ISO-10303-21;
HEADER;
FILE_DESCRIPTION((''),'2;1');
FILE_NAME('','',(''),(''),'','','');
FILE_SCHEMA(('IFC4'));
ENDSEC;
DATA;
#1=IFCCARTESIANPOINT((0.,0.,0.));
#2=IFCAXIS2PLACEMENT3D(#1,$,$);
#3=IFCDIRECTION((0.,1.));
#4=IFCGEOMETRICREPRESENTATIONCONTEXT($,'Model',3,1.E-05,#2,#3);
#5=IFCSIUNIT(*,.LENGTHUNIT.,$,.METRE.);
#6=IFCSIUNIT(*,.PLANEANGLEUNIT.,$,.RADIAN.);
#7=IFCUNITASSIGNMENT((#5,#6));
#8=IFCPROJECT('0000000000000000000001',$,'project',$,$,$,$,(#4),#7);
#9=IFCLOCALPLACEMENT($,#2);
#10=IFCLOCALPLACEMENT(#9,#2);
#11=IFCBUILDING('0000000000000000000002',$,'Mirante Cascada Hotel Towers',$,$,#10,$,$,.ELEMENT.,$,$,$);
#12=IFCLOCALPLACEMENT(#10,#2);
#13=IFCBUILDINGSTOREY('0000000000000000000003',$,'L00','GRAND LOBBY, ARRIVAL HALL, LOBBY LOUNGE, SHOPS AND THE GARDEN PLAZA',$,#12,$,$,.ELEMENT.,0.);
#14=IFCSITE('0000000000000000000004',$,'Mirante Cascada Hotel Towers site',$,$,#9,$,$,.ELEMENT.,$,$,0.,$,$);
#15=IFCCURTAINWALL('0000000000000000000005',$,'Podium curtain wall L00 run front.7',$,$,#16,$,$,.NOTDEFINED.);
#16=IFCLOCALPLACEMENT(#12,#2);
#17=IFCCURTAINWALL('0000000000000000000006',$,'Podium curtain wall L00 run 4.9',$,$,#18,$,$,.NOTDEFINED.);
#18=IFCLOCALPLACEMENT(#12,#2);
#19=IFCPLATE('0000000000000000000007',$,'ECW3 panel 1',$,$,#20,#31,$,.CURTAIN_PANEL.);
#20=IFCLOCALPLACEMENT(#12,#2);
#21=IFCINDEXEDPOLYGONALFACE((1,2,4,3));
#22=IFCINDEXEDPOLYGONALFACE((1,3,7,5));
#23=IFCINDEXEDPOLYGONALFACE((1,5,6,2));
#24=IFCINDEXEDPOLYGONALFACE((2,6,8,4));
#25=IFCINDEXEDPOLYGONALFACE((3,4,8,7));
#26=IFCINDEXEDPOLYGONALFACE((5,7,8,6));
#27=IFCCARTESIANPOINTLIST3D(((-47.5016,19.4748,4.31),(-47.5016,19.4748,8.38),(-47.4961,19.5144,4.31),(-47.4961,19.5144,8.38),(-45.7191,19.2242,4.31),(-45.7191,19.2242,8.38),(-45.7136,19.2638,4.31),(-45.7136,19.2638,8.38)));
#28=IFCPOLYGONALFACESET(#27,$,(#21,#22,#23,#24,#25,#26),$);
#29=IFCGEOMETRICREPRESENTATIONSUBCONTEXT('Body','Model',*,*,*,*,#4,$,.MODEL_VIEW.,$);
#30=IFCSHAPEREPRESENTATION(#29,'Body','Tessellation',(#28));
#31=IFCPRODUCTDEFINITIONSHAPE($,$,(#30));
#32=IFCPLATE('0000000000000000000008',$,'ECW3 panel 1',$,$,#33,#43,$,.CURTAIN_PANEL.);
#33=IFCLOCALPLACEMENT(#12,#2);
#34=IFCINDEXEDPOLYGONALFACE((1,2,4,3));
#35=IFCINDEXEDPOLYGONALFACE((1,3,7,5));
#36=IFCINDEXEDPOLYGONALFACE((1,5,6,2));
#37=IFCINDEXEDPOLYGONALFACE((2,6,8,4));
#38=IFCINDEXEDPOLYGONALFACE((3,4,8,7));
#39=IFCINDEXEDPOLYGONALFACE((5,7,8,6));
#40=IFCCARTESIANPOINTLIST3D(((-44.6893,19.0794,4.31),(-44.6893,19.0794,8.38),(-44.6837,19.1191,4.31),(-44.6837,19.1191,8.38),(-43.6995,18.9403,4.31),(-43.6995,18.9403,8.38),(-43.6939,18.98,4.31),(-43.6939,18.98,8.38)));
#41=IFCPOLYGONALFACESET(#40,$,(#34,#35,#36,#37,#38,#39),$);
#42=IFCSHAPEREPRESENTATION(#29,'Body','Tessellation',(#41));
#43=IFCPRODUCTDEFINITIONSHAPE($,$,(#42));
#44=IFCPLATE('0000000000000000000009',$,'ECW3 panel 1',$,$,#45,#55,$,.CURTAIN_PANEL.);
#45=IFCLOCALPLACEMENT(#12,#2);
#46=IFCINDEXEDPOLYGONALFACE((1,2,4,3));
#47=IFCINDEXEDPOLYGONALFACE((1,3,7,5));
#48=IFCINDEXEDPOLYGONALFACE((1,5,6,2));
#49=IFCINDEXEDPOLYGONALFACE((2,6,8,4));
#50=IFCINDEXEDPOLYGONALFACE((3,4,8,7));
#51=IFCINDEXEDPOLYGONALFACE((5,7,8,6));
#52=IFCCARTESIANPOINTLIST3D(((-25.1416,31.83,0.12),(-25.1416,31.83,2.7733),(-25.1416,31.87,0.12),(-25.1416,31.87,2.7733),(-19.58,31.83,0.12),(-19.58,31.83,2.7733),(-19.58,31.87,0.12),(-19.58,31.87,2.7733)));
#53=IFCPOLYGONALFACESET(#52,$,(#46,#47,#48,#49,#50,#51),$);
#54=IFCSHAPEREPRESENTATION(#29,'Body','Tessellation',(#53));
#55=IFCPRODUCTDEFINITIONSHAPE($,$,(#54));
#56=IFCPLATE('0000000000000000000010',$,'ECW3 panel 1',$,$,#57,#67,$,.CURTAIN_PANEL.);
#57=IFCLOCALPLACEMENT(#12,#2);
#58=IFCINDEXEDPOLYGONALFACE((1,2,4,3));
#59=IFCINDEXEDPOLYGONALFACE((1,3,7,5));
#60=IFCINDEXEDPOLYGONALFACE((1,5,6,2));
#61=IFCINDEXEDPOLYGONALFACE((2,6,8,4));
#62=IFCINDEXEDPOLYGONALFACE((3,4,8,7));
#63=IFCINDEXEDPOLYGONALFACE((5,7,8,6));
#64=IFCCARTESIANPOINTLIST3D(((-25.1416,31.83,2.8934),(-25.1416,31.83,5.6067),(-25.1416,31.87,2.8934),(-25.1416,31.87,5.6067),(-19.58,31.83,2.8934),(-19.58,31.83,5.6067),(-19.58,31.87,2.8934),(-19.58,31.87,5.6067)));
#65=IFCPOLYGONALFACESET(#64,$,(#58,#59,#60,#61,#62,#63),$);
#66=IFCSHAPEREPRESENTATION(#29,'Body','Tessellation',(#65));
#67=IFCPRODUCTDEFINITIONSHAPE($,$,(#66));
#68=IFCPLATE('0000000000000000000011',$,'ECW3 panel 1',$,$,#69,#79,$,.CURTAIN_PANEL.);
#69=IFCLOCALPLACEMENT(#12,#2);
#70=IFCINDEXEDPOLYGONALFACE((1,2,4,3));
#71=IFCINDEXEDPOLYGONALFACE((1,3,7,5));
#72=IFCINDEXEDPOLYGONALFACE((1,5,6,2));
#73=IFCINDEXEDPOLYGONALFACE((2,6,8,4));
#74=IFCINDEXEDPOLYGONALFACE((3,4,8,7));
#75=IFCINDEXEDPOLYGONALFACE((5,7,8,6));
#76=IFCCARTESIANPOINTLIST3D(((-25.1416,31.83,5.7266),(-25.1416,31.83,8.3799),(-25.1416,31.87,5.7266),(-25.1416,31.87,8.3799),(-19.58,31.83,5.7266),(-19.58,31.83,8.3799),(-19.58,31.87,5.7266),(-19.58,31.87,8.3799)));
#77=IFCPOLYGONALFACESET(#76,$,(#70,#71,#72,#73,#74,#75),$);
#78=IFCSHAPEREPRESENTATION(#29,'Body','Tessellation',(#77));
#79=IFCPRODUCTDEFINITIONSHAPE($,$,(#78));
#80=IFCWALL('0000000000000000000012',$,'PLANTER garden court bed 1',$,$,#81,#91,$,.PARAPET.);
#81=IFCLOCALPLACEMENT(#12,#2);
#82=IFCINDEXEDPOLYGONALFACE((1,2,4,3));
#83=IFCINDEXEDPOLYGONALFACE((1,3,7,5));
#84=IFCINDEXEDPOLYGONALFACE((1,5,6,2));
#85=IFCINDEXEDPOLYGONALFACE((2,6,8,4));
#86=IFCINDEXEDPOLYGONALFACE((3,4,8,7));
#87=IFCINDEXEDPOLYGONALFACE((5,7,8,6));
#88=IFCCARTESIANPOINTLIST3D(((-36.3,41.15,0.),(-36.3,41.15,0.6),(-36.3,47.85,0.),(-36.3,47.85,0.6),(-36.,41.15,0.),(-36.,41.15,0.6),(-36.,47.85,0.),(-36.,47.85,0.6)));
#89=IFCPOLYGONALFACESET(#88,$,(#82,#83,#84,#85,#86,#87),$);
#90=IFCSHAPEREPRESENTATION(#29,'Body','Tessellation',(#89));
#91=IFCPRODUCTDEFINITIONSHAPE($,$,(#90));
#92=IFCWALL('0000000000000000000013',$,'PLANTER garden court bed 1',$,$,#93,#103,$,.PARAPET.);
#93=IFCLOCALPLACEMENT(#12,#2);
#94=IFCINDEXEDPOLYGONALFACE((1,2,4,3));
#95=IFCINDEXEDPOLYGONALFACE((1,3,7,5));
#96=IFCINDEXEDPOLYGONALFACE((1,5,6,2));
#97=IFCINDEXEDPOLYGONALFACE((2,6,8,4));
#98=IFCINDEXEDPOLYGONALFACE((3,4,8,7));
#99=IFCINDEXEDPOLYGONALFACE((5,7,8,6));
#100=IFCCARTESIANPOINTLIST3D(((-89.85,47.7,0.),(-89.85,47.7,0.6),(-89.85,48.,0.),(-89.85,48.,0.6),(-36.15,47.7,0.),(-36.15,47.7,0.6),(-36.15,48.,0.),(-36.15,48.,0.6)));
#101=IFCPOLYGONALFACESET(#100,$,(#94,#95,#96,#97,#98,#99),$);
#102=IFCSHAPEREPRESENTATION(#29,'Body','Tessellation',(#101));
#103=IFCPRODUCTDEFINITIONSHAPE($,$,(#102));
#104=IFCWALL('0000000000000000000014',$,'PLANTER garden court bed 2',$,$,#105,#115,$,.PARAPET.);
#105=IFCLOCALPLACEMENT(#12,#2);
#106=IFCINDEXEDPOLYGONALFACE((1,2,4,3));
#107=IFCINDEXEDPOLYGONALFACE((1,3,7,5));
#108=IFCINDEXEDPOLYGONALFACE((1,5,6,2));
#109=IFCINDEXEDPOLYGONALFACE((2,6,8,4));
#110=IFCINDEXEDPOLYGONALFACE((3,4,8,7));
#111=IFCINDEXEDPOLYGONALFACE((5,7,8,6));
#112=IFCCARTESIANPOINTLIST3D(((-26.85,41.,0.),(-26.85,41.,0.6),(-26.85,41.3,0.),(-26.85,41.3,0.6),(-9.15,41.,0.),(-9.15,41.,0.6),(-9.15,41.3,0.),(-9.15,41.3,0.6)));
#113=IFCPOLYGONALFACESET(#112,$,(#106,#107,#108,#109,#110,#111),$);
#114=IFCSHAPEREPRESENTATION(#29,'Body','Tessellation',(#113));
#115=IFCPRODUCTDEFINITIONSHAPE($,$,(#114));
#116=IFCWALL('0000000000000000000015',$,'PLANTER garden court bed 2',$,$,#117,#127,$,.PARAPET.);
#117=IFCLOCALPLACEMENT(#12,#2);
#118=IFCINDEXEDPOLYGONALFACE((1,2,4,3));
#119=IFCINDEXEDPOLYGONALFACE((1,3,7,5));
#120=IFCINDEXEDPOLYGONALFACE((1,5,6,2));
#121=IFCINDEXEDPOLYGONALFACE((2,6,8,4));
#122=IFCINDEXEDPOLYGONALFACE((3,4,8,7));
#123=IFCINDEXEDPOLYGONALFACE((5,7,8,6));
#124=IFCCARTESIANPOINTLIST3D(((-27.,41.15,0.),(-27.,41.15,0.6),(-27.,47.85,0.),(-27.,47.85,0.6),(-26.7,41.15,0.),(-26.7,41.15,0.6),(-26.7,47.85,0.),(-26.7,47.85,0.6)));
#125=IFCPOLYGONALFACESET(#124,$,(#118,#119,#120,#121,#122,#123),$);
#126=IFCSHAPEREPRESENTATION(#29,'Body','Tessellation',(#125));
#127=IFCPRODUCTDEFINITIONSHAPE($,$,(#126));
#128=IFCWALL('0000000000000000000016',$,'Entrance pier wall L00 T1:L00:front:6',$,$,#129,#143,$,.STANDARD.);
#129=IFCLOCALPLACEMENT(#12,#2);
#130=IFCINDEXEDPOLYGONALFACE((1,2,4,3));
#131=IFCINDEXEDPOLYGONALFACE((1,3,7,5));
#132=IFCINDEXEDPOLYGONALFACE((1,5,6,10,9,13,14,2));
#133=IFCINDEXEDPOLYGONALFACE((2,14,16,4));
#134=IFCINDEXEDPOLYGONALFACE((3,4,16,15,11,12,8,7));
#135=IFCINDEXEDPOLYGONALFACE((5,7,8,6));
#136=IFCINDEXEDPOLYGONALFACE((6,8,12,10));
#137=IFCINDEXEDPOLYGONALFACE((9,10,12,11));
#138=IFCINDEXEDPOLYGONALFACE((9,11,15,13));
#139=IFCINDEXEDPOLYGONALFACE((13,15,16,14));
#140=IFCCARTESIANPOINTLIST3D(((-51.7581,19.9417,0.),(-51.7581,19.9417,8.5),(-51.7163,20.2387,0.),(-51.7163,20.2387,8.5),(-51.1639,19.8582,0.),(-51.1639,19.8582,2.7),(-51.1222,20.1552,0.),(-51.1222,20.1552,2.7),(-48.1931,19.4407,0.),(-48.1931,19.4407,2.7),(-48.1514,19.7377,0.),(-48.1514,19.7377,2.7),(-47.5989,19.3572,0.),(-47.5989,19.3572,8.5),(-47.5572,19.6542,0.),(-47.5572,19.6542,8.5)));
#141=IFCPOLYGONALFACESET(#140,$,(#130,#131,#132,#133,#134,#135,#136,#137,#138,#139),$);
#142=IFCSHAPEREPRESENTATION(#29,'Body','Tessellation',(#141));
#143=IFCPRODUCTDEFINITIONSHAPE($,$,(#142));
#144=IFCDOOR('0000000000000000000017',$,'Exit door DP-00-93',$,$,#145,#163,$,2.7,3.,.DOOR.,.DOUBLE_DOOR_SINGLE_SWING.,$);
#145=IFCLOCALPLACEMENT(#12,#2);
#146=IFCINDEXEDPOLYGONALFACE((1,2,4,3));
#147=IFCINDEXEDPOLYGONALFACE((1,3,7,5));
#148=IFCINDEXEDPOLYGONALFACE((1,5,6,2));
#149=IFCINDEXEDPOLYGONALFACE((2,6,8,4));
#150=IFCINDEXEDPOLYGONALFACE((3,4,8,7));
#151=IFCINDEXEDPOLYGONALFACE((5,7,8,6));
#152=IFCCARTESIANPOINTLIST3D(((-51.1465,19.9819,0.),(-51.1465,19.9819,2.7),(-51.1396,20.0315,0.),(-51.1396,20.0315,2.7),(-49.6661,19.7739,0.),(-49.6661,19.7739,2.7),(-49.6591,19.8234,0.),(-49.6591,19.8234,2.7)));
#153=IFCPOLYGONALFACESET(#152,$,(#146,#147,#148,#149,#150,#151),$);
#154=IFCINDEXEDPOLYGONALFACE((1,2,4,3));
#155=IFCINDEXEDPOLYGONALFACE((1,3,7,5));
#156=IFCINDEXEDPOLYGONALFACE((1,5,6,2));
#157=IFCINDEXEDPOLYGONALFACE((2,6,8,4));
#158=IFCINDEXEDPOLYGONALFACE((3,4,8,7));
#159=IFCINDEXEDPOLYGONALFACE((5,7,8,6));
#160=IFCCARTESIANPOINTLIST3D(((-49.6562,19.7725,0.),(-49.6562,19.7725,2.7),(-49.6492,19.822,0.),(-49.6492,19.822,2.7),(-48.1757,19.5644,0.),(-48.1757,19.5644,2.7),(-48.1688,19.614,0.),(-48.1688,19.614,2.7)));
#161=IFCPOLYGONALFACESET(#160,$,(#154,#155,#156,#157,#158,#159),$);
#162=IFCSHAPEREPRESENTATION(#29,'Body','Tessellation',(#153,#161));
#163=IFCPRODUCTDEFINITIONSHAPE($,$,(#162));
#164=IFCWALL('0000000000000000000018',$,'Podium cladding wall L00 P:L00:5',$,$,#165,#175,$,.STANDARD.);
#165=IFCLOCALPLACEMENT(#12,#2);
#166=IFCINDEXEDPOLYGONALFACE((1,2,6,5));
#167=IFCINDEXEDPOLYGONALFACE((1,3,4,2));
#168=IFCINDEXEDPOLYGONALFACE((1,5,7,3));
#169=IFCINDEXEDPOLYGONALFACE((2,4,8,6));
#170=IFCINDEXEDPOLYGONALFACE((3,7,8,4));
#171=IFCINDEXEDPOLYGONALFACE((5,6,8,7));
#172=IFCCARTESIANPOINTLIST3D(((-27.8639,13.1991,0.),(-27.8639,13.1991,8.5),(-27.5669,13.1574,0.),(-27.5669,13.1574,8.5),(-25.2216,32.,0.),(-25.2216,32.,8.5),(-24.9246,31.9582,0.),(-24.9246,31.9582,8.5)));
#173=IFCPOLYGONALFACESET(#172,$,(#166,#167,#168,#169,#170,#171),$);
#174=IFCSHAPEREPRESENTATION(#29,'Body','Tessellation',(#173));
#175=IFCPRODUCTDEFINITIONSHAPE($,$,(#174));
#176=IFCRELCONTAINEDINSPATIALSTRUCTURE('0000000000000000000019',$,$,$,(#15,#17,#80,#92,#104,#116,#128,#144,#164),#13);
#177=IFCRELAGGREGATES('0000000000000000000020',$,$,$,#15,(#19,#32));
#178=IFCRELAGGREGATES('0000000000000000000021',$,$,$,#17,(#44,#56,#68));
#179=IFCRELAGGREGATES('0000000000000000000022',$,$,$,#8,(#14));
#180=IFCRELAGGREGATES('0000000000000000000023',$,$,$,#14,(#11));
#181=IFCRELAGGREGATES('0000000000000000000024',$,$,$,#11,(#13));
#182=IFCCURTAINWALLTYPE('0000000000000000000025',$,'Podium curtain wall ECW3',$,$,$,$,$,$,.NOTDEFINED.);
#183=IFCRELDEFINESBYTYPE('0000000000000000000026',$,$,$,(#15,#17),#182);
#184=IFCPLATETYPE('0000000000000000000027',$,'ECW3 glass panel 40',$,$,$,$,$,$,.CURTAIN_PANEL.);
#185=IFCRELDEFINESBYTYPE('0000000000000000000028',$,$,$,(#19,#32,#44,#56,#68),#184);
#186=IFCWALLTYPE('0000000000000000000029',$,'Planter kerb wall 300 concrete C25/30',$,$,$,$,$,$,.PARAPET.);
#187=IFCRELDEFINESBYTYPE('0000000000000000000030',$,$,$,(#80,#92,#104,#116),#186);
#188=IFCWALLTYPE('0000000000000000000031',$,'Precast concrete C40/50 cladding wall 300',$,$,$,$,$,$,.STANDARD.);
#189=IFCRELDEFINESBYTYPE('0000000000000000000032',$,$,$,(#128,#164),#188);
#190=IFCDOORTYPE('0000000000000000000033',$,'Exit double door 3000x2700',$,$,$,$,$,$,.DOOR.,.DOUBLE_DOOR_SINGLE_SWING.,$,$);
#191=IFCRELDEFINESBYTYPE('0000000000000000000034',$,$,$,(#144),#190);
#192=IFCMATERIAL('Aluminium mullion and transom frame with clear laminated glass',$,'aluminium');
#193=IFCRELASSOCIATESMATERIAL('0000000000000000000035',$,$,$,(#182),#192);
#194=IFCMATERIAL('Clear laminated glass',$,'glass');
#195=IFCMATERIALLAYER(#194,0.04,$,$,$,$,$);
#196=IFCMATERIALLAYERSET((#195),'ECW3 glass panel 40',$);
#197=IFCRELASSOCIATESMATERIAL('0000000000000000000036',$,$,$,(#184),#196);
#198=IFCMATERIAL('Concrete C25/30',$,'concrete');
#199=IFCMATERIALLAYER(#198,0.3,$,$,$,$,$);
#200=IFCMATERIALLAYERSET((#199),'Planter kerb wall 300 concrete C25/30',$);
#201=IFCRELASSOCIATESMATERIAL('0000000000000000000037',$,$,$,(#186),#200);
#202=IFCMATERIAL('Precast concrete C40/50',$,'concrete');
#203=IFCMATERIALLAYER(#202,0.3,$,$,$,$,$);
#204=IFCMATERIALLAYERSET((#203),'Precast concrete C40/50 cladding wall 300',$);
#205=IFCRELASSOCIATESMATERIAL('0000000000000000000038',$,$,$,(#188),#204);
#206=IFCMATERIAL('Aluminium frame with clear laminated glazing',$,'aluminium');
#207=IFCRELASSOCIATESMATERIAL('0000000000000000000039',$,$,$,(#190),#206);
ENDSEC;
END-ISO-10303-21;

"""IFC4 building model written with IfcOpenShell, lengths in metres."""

from ifc_helpers import new_model, si_unit, direction, frame, frame_2d, origin, origin_2d, place, context, subcontext, project, spatial, rectangle, extrude, material, layer, layer_set, type_object, element, fill, aggregate, save


model = new_model("IFC4")

# Units and contexts
model_context = context("Model", 3, precision=1e-05, world=origin(), true_north=direction((0.0, 1.0)))
body_context = subcontext(model_context, "Body", "Model", "MODEL_VIEW")
ifc_project = project(units=[si_unit("LENGTHUNIT", "METRE"), si_unit("PLANEANGLEUNIT", "RADIAN")], contexts=[model_context])

# Site, building, storey
site_placement = place(None, origin())
site = spatial("IfcSite", under=ifc_project, at=site_placement, Name="Mirante Cascada Hotel Towers site", CompositionType="ELEMENT", RefElevation=0.0)
building_placement = place(site_placement, origin())
building = spatial("IfcBuilding", under=site, at=building_placement, Name="Mirante Cascada Hotel Towers", CompositionType="ELEMENT")
storey_placement = place(building_placement, origin())
storey = spatial("IfcBuildingStorey", under=building, at=storey_placement, Name="L00", Description="GRAND LOBBY, ARRIVAL HALL, LOBBY LOUNGE, SHOPS AND THE GARDEN PLAZA", CompositionType="ELEMENT", Elevation=0.0)

# Curtain walls
ifc_material_1 = material(Name="Aluminium mullion and transom frame with clear laminated glass", Category="aluminium")
curtain_wall_type = type_object("IfcCurtainWallType", Name="Podium curtain wall ECW3", PredefinedType="NOTDEFINED", material=ifc_material_1)
curtain_wall_1_placement = place(storey_placement, origin())
curtain_wall_1 = element("IfcCurtainWall", 1, at=curtain_wall_1_placement, inside=storey, type_object=curtain_wall_type, Name="Podium curtain wall L00 run front.7", PredefinedType="NOTDEFINED")
curtain_wall_2_placement = place(storey_placement, origin())
curtain_wall_2 = element("IfcCurtainWall", 2, at=curtain_wall_2_placement, inside=storey, type_object=curtain_wall_type, Name="Podium curtain wall L00 run 4.9", PredefinedType="NOTDEFINED")

# Plates
ifc_material_2 = material(Name="Clear laminated glass", Category="glass")
ifc_layer_1 = layer(ifc_material_2, 0.04)
ifc_layer_set_1 = layer_set([ifc_layer_1], Name="ECW3 glass panel 40")
plate_type = type_object("IfcPlateType", Name="ECW3 glass panel 40", PredefinedType="CURTAIN_PANEL", material=ifc_layer_set_1)
plate_1_placement = place(storey_placement, frame((-46.6076, 19.3693, 4.31), z_axis=(0.0, 0.0, 1.0), x_axis=(0.990268, -0.139173, 0.0)))
plate_1 = element("IfcPlate", 3, at=plate_1_placement, type_object=plate_type, Name="ECW3 panel 1", PredefinedType="CURTAIN_PANEL", context=body_context, shape_type="SweptSolid", body=[
    extrude(rectangle(XDim=1.8, YDim=0.04, at=origin_2d()), origin(), (0.0, 0.0, 1.0), 4.07),
])
plate_2_placement = place(storey_placement, frame((-44.1916, 19.0297, 4.31), z_axis=(0.0, 0.0, 1.0), x_axis=(0.990268, -0.139173, 0.0)))
plate_2 = element("IfcPlate", 4, at=plate_2_placement, type_object=plate_type, Name="ECW3 panel 1", PredefinedType="CURTAIN_PANEL", context=body_context, shape_type="SweptSolid", body=[
    extrude(rectangle(XDim=0.9995, YDim=0.04, at=origin_2d()), origin(), (0.0, 0.0, 1.0), 4.07),
])
aggregate(curtain_wall_1, [plate_1, plate_2])
plate_3_placement = place(storey_placement, frame((-22.3608, 31.85, 0.12), z_axis=(0.0, 0.0, 1.0), x_axis=(-1.0, 0.0, 0.0)))
plate_3 = element("IfcPlate", 5, at=plate_3_placement, type_object=plate_type, Name="ECW3 panel 1", PredefinedType="CURTAIN_PANEL", context=body_context, shape_type="SweptSolid", body=[
    extrude(rectangle(XDim=5.5616, YDim=0.04, at=origin_2d()), origin(), (0.0, 0.0, 1.0), 2.6533),
])
plate_4_placement = place(storey_placement, frame((-22.3608, 31.85, 2.8934), z_axis=(0.0, 0.0, 1.0), x_axis=(-1.0, 0.0, 0.0)))
plate_4 = element("IfcPlate", 6, at=plate_4_placement, type_object=plate_type, Name="ECW3 panel 1", PredefinedType="CURTAIN_PANEL", context=body_context, shape_type="SweptSolid", body=[
    extrude(rectangle(XDim=5.5616, YDim=0.04, at=origin_2d()), origin(), (0.0, 0.0, 1.0), 2.7133),
])
plate_5_placement = place(storey_placement, frame((-22.3608, 31.85, 5.7266), z_axis=(0.0, 0.0, 1.0), x_axis=(-1.0, 0.0, 0.0)))
plate_5 = element("IfcPlate", 7, at=plate_5_placement, type_object=plate_type, Name="ECW3 panel 1", PredefinedType="CURTAIN_PANEL", context=body_context, shape_type="SweptSolid", body=[
    extrude(rectangle(XDim=5.5616, YDim=0.04, at=origin_2d()), origin(), (0.0, 0.0, 1.0), 2.6533),
])
aggregate(curtain_wall_2, [plate_3, plate_4, plate_5])

# Walls
ifc_material_3 = material(Name="Concrete C25/30", Category="concrete")
ifc_layer_2 = layer(ifc_material_3, 0.3)
ifc_layer_set_2 = layer_set([ifc_layer_2], Name="Planter kerb wall 300 concrete C25/30")
wall_type_1 = type_object("IfcWallType", Name="Planter kerb wall 300 concrete C25/30", PredefinedType="PARAPET", material=ifc_layer_set_2)
wall_1_placement = place(storey_placement, frame((-36.15, 41.15, 0.0), z_axis=(0.0, 0.0, 1.0), x_axis=(0.0, 1.0, 0.0)))
element("IfcWall", 8, at=wall_1_placement, inside=storey, type_object=wall_type_1, Name="PLANTER garden court bed 1", PredefinedType="PARAPET", context=body_context, shape_type="SweptSolid", body=[
    extrude(rectangle(XDim=6.7, YDim=0.3, at=frame_2d((3.35, 0.0))), origin(), (0.0, 0.0, 1.0), 0.6),
])
wall_2_placement = place(storey_placement, frame((-36.15, 47.85, 0.0), z_axis=(0.0, 0.0, 1.0), x_axis=(-1.0, 0.0, 0.0)))
element("IfcWall", 9, at=wall_2_placement, inside=storey, type_object=wall_type_1, Name="PLANTER garden court bed 1", PredefinedType="PARAPET", context=body_context, shape_type="SweptSolid", body=[
    extrude(rectangle(XDim=53.7, YDim=0.3, at=frame_2d((26.85, 0.0))), origin(), (0.0, 0.0, 1.0), 0.6),
])
wall_3_placement = place(storey_placement, frame((-26.85, 41.15, 0.0), z_axis=(0.0, 0.0, 1.0), x_axis=(1.0, 0.0, 0.0)))
element("IfcWall", 10, at=wall_3_placement, inside=storey, type_object=wall_type_1, Name="PLANTER garden court bed 2", PredefinedType="PARAPET", context=body_context, shape_type="SweptSolid", body=[
    extrude(rectangle(XDim=17.7, YDim=0.3, at=frame_2d((8.85, 0.0))), origin(), (0.0, 0.0, 1.0), 0.6),
])
wall_4_placement = place(storey_placement, frame((-26.85, 47.85, 0.0), z_axis=(0.0, 0.0, 1.0), x_axis=(0.0, -1.0, 0.0)))
element("IfcWall", 11, at=wall_4_placement, inside=storey, type_object=wall_type_1, Name="PLANTER garden court bed 2", PredefinedType="PARAPET", context=body_context, shape_type="SweptSolid", body=[
    extrude(rectangle(XDim=6.7, YDim=0.3, at=frame_2d((3.35, 0.0))), origin(), (0.0, 0.0, 1.0), 0.6),
])

# Wall, opening, door
ifc_material_4 = material(Name="Precast concrete C40/50", Category="concrete")
ifc_layer_3 = layer(ifc_material_4, 0.3)
ifc_layer_set_3 = layer_set([ifc_layer_3], Name="Precast concrete C40/50 cladding wall 300")
wall_type_2 = type_object("IfcWallType", Name="Precast concrete C40/50 cladding wall 300", PredefinedType="STANDARD", material=ifc_layer_set_3)
wall_5_placement = place(storey_placement, frame((-51.7372, 20.0902, 0.0), z_axis=(0.0, 0.0, 1.0), x_axis=(0.990269, -0.139168, 0.0)))
wall_5 = element("IfcWall", 12, at=wall_5_placement, inside=storey, type_object=wall_type_2, Name="Entrance pier wall L00 T1:L00:front:6", PredefinedType="STANDARD", context=body_context, shape_type="SweptSolid", body=[
    extrude(rectangle(XDim=4.2, YDim=0.3, at=frame_2d((2.1, 0.0))), origin(), (0.0, 0.0, 1.0), 8.5),
])
opening_1_placement = place(wall_5_placement, frame((0.6, 0.0, 0.0)))
opening_1 = element("IfcOpeningElement", 13, at=opening_1_placement, cuts=wall_5, PredefinedType="OPENING", context=body_context, shape_type="SweptSolid", body=[
    extrude(rectangle(XDim=3.0, YDim=2.7, at=frame_2d((1.5, 1.35))), frame((0.0, 0.15, 0.0), z_axis=(0.0, -1.0, 0.0), x_axis=(1.0, 0.0, 0.0)), (0.0, 0.0, 1.0), 0.3),
])
ifc_material_5 = material(Name="Aluminium frame with clear laminated glazing", Category="aluminium")
door_type_1 = type_object("IfcDoorType", Name="Exit double door 3000x2700", OperationType="DOUBLE_DOOR_SINGLE_SWING", PredefinedType="DOOR", material=ifc_material_5)
door_1_placement = place(opening_1_placement, origin())
door_1 = element("IfcDoor", 14, at=door_1_placement, inside=storey, type_object=door_type_1, Name="Exit door DP-00-93", OperationType="DOUBLE_DOOR_SINGLE_SWING", OverallHeight=2.7, OverallWidth=3.0, PredefinedType="DOOR", context=body_context, shape_type="SweptSolid", body=[
    extrude(rectangle(XDim=1.495, YDim=2.7, at=frame_2d((0.7475, 1.35))), frame((0.0, 0.025, 0.0), z_axis=(0.0, -1.0, 0.0), x_axis=(1.0, 0.0, 0.0)), (0.0, 0.0, 1.0), 0.05),
    extrude(rectangle(XDim=1.495, YDim=2.7, at=frame_2d((2.2525, 1.35))), frame((0.0, 0.025, 0.0), z_axis=(0.0, -1.0, 0.0), x_axis=(1.0, 0.0, 0.0)), (0.0, 0.0, 1.0), 0.05),
])
fill(opening_1, door_1)

# Wall
wall_6_placement = place(storey_placement, frame((-25.0731, 31.9791, 0.0), z_axis=(0.0, 0.0, 1.0), x_axis=(-0.139174, -0.990268, 0.0)))
element("IfcWall", 15, at=wall_6_placement, inside=storey, type_object=wall_type_2, Name="Podium cladding wall L00 P:L00:5", PredefinedType="STANDARD", context=body_context, shape_type="SweptSolid", body=[
    extrude(rectangle(XDim=18.9856, YDim=0.3, at=frame_2d((9.4928, 0.0))), origin(), (0.0, 0.0, 1.0), 8.5),
])

save(model, "model.ifc")
